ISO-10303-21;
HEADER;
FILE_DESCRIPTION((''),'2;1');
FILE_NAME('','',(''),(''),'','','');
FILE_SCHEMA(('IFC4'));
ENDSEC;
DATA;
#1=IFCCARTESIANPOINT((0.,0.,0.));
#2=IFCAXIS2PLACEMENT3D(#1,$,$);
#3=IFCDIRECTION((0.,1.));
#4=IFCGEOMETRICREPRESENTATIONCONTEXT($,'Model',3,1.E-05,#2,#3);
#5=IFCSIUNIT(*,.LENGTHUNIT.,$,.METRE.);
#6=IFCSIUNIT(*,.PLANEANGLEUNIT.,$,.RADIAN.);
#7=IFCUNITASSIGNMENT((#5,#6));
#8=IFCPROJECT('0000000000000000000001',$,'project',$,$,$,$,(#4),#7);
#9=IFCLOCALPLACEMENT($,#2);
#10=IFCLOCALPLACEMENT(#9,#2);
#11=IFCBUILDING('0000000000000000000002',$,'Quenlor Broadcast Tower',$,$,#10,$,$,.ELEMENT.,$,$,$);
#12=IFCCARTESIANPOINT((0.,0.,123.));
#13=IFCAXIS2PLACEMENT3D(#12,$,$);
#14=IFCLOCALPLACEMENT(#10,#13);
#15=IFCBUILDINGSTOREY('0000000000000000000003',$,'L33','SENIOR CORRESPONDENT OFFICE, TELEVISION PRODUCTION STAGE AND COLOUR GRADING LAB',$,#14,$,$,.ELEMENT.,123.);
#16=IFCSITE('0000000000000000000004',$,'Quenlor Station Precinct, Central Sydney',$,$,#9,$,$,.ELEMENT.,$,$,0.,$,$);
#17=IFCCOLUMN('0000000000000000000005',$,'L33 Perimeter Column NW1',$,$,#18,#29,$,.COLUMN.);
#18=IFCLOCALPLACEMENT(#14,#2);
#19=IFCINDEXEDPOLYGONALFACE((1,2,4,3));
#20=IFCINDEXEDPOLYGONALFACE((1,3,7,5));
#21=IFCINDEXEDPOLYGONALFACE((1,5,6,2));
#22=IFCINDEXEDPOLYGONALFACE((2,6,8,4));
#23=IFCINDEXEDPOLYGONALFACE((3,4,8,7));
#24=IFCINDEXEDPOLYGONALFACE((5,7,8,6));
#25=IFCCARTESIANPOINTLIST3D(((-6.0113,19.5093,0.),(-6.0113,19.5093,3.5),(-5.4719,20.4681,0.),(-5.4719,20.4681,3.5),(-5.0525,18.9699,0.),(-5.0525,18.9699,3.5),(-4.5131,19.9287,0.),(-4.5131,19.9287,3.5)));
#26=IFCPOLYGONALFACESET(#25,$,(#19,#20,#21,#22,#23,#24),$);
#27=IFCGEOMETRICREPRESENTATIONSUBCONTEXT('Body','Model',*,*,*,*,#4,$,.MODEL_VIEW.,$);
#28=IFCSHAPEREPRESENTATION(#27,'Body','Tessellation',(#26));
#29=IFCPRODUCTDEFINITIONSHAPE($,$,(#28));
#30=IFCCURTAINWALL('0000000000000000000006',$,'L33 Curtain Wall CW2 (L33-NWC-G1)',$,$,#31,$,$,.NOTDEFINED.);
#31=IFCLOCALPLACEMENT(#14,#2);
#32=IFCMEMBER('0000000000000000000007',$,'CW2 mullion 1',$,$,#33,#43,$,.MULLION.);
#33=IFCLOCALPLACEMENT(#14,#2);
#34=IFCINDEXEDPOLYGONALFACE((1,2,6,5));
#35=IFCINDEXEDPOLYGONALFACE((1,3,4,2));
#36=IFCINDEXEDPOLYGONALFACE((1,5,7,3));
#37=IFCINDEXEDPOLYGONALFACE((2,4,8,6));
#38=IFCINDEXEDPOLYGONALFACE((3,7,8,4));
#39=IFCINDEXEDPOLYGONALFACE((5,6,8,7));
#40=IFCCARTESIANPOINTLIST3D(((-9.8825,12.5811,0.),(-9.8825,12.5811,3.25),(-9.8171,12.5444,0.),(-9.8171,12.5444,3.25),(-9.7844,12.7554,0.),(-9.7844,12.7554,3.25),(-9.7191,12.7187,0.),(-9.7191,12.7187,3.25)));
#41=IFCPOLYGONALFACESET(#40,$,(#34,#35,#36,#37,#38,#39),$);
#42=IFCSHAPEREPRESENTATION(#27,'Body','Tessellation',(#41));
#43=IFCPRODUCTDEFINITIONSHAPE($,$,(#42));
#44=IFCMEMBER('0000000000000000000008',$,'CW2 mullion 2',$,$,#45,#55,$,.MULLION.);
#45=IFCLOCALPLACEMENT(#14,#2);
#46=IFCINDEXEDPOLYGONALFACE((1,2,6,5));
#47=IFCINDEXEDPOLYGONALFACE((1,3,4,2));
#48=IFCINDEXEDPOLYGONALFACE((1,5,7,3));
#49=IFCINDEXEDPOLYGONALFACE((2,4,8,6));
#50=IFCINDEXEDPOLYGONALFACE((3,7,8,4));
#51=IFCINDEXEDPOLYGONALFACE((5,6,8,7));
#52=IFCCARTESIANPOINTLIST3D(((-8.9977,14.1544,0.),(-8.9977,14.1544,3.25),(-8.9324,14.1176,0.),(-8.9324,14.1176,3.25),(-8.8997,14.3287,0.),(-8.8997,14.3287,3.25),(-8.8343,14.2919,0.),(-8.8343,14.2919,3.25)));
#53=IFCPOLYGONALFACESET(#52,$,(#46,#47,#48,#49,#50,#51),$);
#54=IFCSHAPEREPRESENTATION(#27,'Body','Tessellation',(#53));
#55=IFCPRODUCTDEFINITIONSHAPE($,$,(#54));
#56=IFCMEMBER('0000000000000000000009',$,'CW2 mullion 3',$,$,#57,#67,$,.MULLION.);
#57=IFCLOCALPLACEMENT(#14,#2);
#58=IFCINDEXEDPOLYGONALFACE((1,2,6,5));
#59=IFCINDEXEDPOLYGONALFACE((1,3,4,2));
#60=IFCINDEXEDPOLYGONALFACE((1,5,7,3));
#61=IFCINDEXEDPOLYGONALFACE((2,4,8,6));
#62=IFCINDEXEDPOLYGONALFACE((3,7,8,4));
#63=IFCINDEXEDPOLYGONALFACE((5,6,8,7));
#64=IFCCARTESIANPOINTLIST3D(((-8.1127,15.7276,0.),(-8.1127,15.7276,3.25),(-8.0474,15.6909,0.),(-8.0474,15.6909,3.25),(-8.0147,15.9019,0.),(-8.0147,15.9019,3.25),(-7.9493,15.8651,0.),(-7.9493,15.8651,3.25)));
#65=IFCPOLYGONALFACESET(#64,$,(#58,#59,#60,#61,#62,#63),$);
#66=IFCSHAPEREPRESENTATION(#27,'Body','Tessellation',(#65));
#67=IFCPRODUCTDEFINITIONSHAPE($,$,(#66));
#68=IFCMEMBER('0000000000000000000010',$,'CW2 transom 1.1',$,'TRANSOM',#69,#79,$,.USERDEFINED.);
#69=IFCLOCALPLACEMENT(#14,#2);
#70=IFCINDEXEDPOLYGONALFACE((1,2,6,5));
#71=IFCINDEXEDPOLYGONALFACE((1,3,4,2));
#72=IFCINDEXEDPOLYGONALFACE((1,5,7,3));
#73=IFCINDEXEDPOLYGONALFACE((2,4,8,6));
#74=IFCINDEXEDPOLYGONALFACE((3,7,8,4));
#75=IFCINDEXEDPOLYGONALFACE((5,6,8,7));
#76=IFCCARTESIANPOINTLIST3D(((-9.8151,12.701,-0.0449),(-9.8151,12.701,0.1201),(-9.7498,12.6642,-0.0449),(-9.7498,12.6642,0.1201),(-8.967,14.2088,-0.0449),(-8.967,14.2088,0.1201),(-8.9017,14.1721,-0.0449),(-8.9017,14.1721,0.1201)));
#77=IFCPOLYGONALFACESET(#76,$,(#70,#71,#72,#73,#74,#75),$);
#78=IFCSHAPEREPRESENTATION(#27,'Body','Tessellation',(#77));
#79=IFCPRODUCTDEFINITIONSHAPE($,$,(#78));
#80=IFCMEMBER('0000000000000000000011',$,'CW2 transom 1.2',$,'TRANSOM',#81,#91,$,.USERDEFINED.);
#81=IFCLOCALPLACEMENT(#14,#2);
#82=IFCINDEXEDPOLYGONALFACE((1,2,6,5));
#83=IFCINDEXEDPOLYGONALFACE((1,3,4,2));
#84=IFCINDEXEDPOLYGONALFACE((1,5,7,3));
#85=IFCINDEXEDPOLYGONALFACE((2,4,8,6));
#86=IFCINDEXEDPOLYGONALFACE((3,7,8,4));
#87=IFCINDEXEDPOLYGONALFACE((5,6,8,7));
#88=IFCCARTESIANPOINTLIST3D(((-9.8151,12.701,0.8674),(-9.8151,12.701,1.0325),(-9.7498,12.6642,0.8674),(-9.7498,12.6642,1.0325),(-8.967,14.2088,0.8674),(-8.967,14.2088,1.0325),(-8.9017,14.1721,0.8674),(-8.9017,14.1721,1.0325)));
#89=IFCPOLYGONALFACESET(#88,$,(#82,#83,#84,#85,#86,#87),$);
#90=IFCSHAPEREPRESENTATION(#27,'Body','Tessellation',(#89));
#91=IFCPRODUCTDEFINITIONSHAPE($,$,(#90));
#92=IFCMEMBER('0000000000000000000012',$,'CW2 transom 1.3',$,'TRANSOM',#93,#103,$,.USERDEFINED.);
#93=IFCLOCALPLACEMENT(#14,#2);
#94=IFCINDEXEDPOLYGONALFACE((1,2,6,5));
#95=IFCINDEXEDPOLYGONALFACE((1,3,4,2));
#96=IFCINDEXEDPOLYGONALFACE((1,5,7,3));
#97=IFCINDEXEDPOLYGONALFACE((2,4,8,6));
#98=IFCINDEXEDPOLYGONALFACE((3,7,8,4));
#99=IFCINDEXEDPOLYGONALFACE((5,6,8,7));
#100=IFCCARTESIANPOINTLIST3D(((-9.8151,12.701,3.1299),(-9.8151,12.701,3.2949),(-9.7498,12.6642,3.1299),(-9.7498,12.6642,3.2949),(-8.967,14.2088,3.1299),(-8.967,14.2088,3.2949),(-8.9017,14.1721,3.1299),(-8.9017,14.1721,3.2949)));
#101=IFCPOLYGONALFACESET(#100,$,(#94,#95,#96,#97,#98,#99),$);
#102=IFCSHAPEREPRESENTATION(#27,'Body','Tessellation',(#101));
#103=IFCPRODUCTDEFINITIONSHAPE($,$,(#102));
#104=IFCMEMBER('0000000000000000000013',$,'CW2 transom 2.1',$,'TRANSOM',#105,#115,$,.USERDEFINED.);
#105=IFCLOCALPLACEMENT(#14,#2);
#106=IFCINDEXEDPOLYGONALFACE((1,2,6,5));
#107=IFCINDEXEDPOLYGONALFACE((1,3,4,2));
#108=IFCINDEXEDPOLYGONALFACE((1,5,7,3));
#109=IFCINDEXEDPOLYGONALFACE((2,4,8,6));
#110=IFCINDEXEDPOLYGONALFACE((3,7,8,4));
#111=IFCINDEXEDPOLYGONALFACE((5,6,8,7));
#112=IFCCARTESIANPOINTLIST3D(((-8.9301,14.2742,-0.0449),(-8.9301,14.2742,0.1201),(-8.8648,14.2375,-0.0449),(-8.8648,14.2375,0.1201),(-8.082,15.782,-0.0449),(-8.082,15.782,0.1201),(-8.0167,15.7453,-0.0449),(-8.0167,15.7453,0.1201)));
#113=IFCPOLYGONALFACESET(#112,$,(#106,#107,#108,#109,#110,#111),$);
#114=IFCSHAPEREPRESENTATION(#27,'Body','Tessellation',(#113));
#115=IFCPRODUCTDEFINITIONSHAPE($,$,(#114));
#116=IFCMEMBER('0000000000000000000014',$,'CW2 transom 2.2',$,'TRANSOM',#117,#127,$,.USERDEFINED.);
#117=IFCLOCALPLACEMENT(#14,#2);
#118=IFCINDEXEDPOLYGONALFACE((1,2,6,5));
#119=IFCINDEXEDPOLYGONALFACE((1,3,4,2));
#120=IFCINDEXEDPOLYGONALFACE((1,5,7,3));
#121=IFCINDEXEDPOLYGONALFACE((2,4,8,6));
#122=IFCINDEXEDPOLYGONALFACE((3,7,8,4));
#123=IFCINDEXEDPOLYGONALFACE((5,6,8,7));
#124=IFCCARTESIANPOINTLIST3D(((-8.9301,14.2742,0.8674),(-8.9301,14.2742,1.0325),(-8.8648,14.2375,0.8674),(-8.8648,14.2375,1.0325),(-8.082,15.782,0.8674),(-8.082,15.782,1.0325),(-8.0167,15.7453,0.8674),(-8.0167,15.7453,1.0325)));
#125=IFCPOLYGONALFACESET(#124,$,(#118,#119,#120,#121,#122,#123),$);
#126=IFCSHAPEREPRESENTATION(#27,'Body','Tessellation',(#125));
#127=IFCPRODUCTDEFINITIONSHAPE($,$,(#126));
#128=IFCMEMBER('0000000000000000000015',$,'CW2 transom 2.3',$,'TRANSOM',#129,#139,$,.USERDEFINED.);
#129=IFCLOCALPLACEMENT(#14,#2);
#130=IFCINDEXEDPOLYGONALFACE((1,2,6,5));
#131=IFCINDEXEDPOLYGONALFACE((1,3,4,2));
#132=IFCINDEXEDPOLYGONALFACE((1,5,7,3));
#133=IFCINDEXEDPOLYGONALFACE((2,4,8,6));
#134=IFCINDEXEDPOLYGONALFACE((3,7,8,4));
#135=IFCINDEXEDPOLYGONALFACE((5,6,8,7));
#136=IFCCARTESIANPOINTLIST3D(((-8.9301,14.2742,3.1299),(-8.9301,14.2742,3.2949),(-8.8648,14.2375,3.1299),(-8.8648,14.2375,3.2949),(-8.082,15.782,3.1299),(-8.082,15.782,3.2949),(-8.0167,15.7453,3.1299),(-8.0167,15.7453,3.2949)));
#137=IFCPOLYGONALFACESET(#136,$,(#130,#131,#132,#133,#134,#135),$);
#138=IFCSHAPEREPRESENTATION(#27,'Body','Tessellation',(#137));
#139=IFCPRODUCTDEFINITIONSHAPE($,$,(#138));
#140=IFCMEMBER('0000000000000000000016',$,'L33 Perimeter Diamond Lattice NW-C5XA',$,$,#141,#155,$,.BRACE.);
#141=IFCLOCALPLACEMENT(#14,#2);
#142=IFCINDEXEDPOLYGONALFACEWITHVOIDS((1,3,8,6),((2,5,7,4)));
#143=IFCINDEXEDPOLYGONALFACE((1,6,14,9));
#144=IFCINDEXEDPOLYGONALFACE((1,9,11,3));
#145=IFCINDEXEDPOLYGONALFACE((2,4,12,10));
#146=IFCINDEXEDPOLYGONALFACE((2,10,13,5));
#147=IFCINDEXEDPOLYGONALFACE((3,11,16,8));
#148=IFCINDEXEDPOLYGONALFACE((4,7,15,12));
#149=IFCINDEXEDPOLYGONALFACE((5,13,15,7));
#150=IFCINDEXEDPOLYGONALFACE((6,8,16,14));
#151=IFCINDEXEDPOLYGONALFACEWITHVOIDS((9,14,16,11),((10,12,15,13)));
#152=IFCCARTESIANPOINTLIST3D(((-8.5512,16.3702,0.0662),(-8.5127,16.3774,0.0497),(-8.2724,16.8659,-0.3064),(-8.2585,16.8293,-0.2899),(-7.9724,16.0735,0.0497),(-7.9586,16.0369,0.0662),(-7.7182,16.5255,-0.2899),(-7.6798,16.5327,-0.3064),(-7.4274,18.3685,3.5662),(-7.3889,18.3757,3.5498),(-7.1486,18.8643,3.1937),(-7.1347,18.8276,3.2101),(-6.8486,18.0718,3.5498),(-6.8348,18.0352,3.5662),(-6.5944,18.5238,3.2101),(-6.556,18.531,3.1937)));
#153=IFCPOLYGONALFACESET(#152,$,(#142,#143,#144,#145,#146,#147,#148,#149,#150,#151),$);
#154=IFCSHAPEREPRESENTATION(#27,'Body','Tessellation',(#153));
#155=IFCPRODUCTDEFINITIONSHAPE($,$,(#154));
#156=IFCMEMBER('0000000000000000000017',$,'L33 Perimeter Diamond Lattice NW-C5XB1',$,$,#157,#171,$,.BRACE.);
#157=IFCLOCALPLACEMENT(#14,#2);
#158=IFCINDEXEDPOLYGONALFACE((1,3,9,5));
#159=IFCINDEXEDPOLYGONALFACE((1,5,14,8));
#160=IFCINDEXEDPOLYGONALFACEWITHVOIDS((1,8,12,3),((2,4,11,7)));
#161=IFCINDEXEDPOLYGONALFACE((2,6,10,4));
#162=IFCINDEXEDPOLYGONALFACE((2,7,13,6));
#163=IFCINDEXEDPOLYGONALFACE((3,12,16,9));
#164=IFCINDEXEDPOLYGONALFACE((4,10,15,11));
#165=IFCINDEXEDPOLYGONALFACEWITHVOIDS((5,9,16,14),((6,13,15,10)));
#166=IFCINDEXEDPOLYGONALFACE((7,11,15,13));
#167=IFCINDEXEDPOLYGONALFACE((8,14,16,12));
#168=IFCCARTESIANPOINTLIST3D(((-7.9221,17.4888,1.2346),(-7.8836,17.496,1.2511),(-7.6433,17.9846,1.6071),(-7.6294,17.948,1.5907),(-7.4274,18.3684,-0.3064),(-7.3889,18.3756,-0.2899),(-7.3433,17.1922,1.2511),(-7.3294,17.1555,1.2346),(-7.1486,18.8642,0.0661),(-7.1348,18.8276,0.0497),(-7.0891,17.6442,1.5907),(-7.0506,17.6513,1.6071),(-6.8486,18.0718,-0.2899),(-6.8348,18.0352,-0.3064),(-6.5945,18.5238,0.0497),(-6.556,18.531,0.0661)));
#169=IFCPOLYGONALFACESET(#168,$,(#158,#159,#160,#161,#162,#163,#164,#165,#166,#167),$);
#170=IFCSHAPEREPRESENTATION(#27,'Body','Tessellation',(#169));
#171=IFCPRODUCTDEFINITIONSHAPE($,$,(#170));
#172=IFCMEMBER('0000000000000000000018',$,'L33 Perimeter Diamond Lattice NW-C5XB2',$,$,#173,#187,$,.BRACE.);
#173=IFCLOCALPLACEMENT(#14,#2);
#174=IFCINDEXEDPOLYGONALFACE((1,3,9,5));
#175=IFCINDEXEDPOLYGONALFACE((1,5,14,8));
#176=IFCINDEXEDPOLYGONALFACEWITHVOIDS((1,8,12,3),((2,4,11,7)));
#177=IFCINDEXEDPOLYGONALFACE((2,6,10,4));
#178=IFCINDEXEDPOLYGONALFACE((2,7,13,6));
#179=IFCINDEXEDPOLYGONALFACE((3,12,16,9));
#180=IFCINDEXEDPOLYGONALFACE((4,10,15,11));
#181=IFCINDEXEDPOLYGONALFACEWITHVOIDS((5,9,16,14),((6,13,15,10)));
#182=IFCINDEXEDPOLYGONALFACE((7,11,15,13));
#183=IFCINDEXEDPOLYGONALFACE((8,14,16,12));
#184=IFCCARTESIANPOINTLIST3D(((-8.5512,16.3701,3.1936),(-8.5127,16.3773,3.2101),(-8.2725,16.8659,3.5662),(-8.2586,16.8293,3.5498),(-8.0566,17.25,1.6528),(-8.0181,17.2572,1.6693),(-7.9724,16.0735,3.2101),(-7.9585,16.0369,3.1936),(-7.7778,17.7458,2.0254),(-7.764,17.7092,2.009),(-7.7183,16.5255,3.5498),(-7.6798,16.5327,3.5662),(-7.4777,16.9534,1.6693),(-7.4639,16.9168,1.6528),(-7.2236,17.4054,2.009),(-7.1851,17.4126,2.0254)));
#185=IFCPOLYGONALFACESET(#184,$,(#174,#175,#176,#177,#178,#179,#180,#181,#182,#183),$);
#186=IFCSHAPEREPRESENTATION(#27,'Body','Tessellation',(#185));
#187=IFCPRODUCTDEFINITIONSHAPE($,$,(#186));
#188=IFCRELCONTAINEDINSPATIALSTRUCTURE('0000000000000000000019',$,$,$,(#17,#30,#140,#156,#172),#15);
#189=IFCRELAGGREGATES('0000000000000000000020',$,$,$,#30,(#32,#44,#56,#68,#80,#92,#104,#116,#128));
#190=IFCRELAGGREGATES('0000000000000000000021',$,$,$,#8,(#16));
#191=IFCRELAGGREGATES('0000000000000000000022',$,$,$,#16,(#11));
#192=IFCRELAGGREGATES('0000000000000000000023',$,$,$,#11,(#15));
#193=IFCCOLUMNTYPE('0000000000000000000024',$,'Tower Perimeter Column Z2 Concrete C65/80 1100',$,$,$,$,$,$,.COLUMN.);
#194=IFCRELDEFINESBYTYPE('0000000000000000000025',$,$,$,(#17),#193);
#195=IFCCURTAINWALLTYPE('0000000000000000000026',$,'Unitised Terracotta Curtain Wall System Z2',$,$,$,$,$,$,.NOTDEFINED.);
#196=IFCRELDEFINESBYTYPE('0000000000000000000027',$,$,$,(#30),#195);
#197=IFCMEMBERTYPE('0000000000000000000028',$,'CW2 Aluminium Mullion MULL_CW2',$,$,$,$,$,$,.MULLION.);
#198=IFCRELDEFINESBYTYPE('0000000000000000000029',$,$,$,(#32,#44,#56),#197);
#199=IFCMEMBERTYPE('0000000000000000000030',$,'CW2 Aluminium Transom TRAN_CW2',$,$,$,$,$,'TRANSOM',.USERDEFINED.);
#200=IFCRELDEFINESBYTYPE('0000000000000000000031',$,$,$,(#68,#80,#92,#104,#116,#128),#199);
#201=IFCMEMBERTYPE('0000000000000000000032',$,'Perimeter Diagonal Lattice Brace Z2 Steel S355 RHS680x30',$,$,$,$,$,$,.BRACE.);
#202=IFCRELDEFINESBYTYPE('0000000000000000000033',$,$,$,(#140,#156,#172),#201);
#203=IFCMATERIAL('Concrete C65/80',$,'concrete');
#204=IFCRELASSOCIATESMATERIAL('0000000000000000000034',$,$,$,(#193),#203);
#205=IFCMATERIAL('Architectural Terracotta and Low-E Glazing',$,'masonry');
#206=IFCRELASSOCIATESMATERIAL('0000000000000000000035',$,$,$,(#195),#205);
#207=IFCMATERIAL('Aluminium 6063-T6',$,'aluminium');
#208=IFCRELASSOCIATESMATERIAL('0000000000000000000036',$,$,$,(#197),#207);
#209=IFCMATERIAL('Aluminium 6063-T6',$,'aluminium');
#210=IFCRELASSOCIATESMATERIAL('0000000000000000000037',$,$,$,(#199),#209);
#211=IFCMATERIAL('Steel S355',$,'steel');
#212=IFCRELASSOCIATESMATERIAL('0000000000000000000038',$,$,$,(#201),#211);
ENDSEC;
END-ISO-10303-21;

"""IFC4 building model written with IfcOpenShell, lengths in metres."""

from ifc_helpers import new_model, si_unit, direction, frame, origin, origin_2d, place, context, subcontext, project, spatial, rectangle, hollow_rectangle, extrude, material, material_profile, profile_set, type_object, element, aggregate, save


model = new_model("IFC4")

# Units and contexts
model_context = context("Model", 3, precision=1e-05, world=origin(), true_north=direction((0.0, 1.0)))
body_context = subcontext(model_context, "Body", "Model", "MODEL_VIEW")
ifc_project = project(units=[si_unit("LENGTHUNIT", "METRE"), si_unit("PLANEANGLEUNIT", "RADIAN")], contexts=[model_context])

# Site, building, storey
site_placement = place(None, origin())
site = spatial("IfcSite", under=ifc_project, at=site_placement, Name="Quenlor Station Precinct, Central Sydney", CompositionType="ELEMENT", RefElevation=0.0)
building_placement = place(site_placement, origin())
building = spatial("IfcBuilding", under=site, at=building_placement, Name="Quenlor Broadcast Tower", CompositionType="ELEMENT")
storey_placement = place(building_placement, frame((0.0, 0.0, 123.0)))
storey = spatial("IfcBuildingStorey", under=building, at=storey_placement, Name="L33", Description="SENIOR CORRESPONDENT OFFICE, TELEVISION PRODUCTION STAGE AND COLOUR GRADING LAB", CompositionType="ELEMENT", Elevation=123.0)

# Column
ifc_material_1 = material(Name="Concrete C65/80", Category="concrete")
ifc_material_profile_1 = material_profile(ifc_material_1, rectangle(XDim=1.1001, YDim=1.1001, at=origin_2d()))
ifc_profile_set_1 = profile_set([ifc_material_profile_1], Name="Concrete C65/80 RC1100x1100")
column_type = type_object("IfcColumnType", Name="Tower Perimeter Column Z2 Concrete C65/80 1100", PredefinedType="COLUMN", material=ifc_profile_set_1)
column_placement = place(storey_placement, frame((-5.2622, 19.719, 0.0), z_axis=(0.0, 0.0, 1.0), x_axis=(-0.871575, 0.490262, 0.0)))
element("IfcColumn", 1, at=column_placement, inside=storey, type_object=column_type, Name="L33 Perimeter Column NW1", PredefinedType="COLUMN", context=body_context, shape_type="SweptSolid", body=[
    extrude(rectangle(XDim=1.1001, YDim=1.1001, at=origin_2d()), origin(), (0.0, 0.0, 1.0), 3.5),
])

# Curtain wall, members
ifc_material_2 = material(Name="Architectural Terracotta and Low-E Glazing", Category="masonry")
curtain_wall_type = type_object("IfcCurtainWallType", Name="Unitised Terracotta Curtain Wall System Z2", PredefinedType="NOTDEFINED", material=ifc_material_2)
curtain_wall_placement = place(storey_placement, origin())
curtain_wall = element("IfcCurtainWall", 2, at=curtain_wall_placement, inside=storey, type_object=curtain_wall_type, Name="L33 Curtain Wall CW2 (L33-NWC-G1)", PredefinedType="NOTDEFINED")
ifc_material_3 = material(Name="Aluminium 6063-T6", Category="aluminium")
ifc_material_profile_2 = material_profile(ifc_material_3, rectangle(XDim=0.075, YDim=0.2, at=origin_2d()))
ifc_profile_set_2 = profile_set([ifc_material_profile_2], Name="Aluminium 6063-T6 MULL75x200")
member_type_1 = type_object("IfcMemberType", Name="CW2 Aluminium Mullion MULL_CW2", PredefinedType="MULLION", material=ifc_profile_set_2)
member_1_placement = place(storey_placement, frame((-9.8008, 12.6499, 0.0), z_axis=(0.0, 0.0, 1.0), x_axis=(-0.871573, 0.490265, 0.0)))
member_1 = element("IfcMember", 3, at=member_1_placement, type_object=member_type_1, Name="CW2 mullion 1", PredefinedType="MULLION", context=body_context, shape_type="SweptSolid", body=[
    extrude(rectangle(XDim=0.075, YDim=0.2, at=origin_2d()), origin(), (0.0, 0.0, 1.0), 3.25),
])
member_2_placement = place(storey_placement, frame((-8.916, 14.2231, 0.0), z_axis=(0.0, 0.0, 1.0), x_axis=(-0.871573, 0.490265, 0.0)))
member_2 = element("IfcMember", 4, at=member_2_placement, type_object=member_type_1, Name="CW2 mullion 2", PredefinedType="MULLION", context=body_context, shape_type="SweptSolid", body=[
    extrude(rectangle(XDim=0.075, YDim=0.2, at=origin_2d()), origin(), (0.0, 0.0, 1.0), 3.25),
])
member_3_placement = place(storey_placement, frame((-8.031, 15.7964, 0.0), z_axis=(0.0, 0.0, 1.0), x_axis=(-0.871573, 0.490265, 0.0)))
member_3 = element("IfcMember", 5, at=member_3_placement, type_object=member_type_1, Name="CW2 mullion 3", PredefinedType="MULLION", context=body_context, shape_type="SweptSolid", body=[
    extrude(rectangle(XDim=0.075, YDim=0.2, at=origin_2d()), origin(), (0.0, 0.0, 1.0), 3.25),
])
ifc_material_4 = material(Name="Aluminium 6063-T6", Category="aluminium")
ifc_material_profile_3 = material_profile(ifc_material_4, rectangle(XDim=0.075, YDim=0.165, at=origin_2d()))
ifc_profile_set_3 = profile_set([ifc_material_profile_3], Name="Aluminium 6063-T6 TRAN75x165")
member_type_2 = type_object("IfcMemberType", Name="CW2 Aluminium Transom TRAN_CW2", ElementType="TRANSOM", PredefinedType="USERDEFINED", material=ifc_profile_set_3)
member_4_placement = place(storey_placement, frame((-9.7825, 12.6826, 0.0376), z_axis=(0.490261, 0.871576, 0.0), x_axis=(-0.871576, 0.490261, 0.0)))
member_4 = element("IfcMember", 6, at=member_4_placement, type_object=member_type_2, Name="CW2 transom 1.1", ObjectType="TRANSOM", PredefinedType="USERDEFINED", context=body_context, shape_type="SweptSolid", body=[
    extrude(rectangle(XDim=0.075, YDim=0.165, at=origin_2d()), origin(), (0.0, 0.0, 1.0), 1.73),
])
member_5_placement = place(storey_placement, frame((-9.7825, 12.6826, 0.95), z_axis=(0.490261, 0.871576, 0.0), x_axis=(-0.871576, 0.490261, 0.0)))
member_5 = element("IfcMember", 7, at=member_5_placement, type_object=member_type_2, Name="CW2 transom 1.2", ObjectType="TRANSOM", PredefinedType="USERDEFINED", context=body_context, shape_type="SweptSolid", body=[
    extrude(rectangle(XDim=0.075, YDim=0.165, at=origin_2d()), origin(), (0.0, 0.0, 1.0), 1.73),
])
member_6_placement = place(storey_placement, frame((-9.7825, 12.6826, 3.2124), z_axis=(0.490261, 0.871576, 0.0), x_axis=(-0.871576, 0.490261, 0.0)))
member_6 = element("IfcMember", 8, at=member_6_placement, type_object=member_type_2, Name="CW2 transom 1.3", ObjectType="TRANSOM", PredefinedType="USERDEFINED", context=body_context, shape_type="SweptSolid", body=[
    extrude(rectangle(XDim=0.075, YDim=0.165, at=origin_2d()), origin(), (0.0, 0.0, 1.0), 1.73),
])
member_7_placement = place(storey_placement, frame((-8.8975, 14.2559, 0.0376), z_axis=(0.490261, 0.871576, 0.0), x_axis=(-0.871576, 0.490261, 0.0)))
member_7 = element("IfcMember", 9, at=member_7_placement, type_object=member_type_2, Name="CW2 transom 2.1", ObjectType="TRANSOM", PredefinedType="USERDEFINED", context=body_context, shape_type="SweptSolid", body=[
    extrude(rectangle(XDim=0.075, YDim=0.165, at=origin_2d()), origin(), (0.0, 0.0, 1.0), 1.73),
])
member_8_placement = place(storey_placement, frame((-8.8975, 14.2559, 0.95), z_axis=(0.490261, 0.871576, 0.0), x_axis=(-0.871576, 0.490261, 0.0)))
member_8 = element("IfcMember", 10, at=member_8_placement, type_object=member_type_2, Name="CW2 transom 2.2", ObjectType="TRANSOM", PredefinedType="USERDEFINED", context=body_context, shape_type="SweptSolid", body=[
    extrude(rectangle(XDim=0.075, YDim=0.165, at=origin_2d()), origin(), (0.0, 0.0, 1.0), 1.73),
])
member_9_placement = place(storey_placement, frame((-8.8975, 14.2559, 3.2124), z_axis=(0.490261, 0.871576, 0.0), x_axis=(-0.871576, 0.490261, 0.0)))
member_9 = element("IfcMember", 11, at=member_9_placement, type_object=member_type_2, Name="CW2 transom 2.3", ObjectType="TRANSOM", PredefinedType="USERDEFINED", context=body_context, shape_type="SweptSolid", body=[
    extrude(rectangle(XDim=0.075, YDim=0.165, at=origin_2d()), origin(), (0.0, 0.0, 1.0), 1.73),
])

# Members
ifc_material_5 = material(Name="Steel S355", Category="steel")
ifc_material_profile_4 = material_profile(ifc_material_5, hollow_rectangle(XDim=0.6799, YDim=0.6799, WallThickness=0.03, at=origin_2d()))
ifc_profile_set_4 = profile_set([ifc_material_profile_4], Name="Steel S355 RHS680x680x30")
member_type_3 = type_object("IfcMemberType", Name="Perimeter Diagonal Lattice Brace Z2 Steel S355 RHS680x30", PredefinedType="BRACE", material=ifc_profile_set_4)
member_10_placement = place(storey_placement, frame((-8.1155, 16.4514, -0.1201), z_axis=(0.268588, 0.4776, 0.836516), x_axis=(-0.871624, 0.490175, 0.0)))
element("IfcMember", 12, at=member_10_placement, inside=storey, type_object=member_type_3, Name="L33 Perimeter Diamond Lattice NW-C5XA", PredefinedType="BRACE", context=body_context, shape_type="SweptSolid", body=[
    extrude(hollow_rectangle(XDim=0.6799, YDim=0.6799, WallThickness=0.03, at=origin_2d()), origin(), (0.0, 0.0, 1.0), 4.1841),
])
for number, where, z_axis, x_axis, name in (
    (13, (-6.9917, 18.4497, -0.1201), (-0.268521, -0.477532, 0.836576), (0.871647, -0.490135, 0.0), "L33 Perimeter Diamond Lattice NW-C5XB1"),
    (14, (-7.6208, 17.3313, 1.8391), (-0.268534, -0.477688, 0.836483), (0.871705, -0.490032, 0.0), "L33 Perimeter Diamond Lattice NW-C5XB2"),
):
    element("IfcMember", number, at=place(storey_placement, frame(where, z_axis=z_axis, x_axis=x_axis)), inside=storey, type_object=member_type_3, Name=name, PredefinedType="BRACE", context=body_context, shape_type="SweptSolid", body=[
        extrude(hollow_rectangle(XDim=0.6799, YDim=0.6799, WallThickness=0.03, at=origin_2d()), origin(), (0.0, 0.0, 1.0), 1.842),
    ])

aggregate(curtain_wall, [member_1, member_2, member_3, member_4, member_5, member_6, member_7, member_8, member_9])

save(model, "model.ifc")
